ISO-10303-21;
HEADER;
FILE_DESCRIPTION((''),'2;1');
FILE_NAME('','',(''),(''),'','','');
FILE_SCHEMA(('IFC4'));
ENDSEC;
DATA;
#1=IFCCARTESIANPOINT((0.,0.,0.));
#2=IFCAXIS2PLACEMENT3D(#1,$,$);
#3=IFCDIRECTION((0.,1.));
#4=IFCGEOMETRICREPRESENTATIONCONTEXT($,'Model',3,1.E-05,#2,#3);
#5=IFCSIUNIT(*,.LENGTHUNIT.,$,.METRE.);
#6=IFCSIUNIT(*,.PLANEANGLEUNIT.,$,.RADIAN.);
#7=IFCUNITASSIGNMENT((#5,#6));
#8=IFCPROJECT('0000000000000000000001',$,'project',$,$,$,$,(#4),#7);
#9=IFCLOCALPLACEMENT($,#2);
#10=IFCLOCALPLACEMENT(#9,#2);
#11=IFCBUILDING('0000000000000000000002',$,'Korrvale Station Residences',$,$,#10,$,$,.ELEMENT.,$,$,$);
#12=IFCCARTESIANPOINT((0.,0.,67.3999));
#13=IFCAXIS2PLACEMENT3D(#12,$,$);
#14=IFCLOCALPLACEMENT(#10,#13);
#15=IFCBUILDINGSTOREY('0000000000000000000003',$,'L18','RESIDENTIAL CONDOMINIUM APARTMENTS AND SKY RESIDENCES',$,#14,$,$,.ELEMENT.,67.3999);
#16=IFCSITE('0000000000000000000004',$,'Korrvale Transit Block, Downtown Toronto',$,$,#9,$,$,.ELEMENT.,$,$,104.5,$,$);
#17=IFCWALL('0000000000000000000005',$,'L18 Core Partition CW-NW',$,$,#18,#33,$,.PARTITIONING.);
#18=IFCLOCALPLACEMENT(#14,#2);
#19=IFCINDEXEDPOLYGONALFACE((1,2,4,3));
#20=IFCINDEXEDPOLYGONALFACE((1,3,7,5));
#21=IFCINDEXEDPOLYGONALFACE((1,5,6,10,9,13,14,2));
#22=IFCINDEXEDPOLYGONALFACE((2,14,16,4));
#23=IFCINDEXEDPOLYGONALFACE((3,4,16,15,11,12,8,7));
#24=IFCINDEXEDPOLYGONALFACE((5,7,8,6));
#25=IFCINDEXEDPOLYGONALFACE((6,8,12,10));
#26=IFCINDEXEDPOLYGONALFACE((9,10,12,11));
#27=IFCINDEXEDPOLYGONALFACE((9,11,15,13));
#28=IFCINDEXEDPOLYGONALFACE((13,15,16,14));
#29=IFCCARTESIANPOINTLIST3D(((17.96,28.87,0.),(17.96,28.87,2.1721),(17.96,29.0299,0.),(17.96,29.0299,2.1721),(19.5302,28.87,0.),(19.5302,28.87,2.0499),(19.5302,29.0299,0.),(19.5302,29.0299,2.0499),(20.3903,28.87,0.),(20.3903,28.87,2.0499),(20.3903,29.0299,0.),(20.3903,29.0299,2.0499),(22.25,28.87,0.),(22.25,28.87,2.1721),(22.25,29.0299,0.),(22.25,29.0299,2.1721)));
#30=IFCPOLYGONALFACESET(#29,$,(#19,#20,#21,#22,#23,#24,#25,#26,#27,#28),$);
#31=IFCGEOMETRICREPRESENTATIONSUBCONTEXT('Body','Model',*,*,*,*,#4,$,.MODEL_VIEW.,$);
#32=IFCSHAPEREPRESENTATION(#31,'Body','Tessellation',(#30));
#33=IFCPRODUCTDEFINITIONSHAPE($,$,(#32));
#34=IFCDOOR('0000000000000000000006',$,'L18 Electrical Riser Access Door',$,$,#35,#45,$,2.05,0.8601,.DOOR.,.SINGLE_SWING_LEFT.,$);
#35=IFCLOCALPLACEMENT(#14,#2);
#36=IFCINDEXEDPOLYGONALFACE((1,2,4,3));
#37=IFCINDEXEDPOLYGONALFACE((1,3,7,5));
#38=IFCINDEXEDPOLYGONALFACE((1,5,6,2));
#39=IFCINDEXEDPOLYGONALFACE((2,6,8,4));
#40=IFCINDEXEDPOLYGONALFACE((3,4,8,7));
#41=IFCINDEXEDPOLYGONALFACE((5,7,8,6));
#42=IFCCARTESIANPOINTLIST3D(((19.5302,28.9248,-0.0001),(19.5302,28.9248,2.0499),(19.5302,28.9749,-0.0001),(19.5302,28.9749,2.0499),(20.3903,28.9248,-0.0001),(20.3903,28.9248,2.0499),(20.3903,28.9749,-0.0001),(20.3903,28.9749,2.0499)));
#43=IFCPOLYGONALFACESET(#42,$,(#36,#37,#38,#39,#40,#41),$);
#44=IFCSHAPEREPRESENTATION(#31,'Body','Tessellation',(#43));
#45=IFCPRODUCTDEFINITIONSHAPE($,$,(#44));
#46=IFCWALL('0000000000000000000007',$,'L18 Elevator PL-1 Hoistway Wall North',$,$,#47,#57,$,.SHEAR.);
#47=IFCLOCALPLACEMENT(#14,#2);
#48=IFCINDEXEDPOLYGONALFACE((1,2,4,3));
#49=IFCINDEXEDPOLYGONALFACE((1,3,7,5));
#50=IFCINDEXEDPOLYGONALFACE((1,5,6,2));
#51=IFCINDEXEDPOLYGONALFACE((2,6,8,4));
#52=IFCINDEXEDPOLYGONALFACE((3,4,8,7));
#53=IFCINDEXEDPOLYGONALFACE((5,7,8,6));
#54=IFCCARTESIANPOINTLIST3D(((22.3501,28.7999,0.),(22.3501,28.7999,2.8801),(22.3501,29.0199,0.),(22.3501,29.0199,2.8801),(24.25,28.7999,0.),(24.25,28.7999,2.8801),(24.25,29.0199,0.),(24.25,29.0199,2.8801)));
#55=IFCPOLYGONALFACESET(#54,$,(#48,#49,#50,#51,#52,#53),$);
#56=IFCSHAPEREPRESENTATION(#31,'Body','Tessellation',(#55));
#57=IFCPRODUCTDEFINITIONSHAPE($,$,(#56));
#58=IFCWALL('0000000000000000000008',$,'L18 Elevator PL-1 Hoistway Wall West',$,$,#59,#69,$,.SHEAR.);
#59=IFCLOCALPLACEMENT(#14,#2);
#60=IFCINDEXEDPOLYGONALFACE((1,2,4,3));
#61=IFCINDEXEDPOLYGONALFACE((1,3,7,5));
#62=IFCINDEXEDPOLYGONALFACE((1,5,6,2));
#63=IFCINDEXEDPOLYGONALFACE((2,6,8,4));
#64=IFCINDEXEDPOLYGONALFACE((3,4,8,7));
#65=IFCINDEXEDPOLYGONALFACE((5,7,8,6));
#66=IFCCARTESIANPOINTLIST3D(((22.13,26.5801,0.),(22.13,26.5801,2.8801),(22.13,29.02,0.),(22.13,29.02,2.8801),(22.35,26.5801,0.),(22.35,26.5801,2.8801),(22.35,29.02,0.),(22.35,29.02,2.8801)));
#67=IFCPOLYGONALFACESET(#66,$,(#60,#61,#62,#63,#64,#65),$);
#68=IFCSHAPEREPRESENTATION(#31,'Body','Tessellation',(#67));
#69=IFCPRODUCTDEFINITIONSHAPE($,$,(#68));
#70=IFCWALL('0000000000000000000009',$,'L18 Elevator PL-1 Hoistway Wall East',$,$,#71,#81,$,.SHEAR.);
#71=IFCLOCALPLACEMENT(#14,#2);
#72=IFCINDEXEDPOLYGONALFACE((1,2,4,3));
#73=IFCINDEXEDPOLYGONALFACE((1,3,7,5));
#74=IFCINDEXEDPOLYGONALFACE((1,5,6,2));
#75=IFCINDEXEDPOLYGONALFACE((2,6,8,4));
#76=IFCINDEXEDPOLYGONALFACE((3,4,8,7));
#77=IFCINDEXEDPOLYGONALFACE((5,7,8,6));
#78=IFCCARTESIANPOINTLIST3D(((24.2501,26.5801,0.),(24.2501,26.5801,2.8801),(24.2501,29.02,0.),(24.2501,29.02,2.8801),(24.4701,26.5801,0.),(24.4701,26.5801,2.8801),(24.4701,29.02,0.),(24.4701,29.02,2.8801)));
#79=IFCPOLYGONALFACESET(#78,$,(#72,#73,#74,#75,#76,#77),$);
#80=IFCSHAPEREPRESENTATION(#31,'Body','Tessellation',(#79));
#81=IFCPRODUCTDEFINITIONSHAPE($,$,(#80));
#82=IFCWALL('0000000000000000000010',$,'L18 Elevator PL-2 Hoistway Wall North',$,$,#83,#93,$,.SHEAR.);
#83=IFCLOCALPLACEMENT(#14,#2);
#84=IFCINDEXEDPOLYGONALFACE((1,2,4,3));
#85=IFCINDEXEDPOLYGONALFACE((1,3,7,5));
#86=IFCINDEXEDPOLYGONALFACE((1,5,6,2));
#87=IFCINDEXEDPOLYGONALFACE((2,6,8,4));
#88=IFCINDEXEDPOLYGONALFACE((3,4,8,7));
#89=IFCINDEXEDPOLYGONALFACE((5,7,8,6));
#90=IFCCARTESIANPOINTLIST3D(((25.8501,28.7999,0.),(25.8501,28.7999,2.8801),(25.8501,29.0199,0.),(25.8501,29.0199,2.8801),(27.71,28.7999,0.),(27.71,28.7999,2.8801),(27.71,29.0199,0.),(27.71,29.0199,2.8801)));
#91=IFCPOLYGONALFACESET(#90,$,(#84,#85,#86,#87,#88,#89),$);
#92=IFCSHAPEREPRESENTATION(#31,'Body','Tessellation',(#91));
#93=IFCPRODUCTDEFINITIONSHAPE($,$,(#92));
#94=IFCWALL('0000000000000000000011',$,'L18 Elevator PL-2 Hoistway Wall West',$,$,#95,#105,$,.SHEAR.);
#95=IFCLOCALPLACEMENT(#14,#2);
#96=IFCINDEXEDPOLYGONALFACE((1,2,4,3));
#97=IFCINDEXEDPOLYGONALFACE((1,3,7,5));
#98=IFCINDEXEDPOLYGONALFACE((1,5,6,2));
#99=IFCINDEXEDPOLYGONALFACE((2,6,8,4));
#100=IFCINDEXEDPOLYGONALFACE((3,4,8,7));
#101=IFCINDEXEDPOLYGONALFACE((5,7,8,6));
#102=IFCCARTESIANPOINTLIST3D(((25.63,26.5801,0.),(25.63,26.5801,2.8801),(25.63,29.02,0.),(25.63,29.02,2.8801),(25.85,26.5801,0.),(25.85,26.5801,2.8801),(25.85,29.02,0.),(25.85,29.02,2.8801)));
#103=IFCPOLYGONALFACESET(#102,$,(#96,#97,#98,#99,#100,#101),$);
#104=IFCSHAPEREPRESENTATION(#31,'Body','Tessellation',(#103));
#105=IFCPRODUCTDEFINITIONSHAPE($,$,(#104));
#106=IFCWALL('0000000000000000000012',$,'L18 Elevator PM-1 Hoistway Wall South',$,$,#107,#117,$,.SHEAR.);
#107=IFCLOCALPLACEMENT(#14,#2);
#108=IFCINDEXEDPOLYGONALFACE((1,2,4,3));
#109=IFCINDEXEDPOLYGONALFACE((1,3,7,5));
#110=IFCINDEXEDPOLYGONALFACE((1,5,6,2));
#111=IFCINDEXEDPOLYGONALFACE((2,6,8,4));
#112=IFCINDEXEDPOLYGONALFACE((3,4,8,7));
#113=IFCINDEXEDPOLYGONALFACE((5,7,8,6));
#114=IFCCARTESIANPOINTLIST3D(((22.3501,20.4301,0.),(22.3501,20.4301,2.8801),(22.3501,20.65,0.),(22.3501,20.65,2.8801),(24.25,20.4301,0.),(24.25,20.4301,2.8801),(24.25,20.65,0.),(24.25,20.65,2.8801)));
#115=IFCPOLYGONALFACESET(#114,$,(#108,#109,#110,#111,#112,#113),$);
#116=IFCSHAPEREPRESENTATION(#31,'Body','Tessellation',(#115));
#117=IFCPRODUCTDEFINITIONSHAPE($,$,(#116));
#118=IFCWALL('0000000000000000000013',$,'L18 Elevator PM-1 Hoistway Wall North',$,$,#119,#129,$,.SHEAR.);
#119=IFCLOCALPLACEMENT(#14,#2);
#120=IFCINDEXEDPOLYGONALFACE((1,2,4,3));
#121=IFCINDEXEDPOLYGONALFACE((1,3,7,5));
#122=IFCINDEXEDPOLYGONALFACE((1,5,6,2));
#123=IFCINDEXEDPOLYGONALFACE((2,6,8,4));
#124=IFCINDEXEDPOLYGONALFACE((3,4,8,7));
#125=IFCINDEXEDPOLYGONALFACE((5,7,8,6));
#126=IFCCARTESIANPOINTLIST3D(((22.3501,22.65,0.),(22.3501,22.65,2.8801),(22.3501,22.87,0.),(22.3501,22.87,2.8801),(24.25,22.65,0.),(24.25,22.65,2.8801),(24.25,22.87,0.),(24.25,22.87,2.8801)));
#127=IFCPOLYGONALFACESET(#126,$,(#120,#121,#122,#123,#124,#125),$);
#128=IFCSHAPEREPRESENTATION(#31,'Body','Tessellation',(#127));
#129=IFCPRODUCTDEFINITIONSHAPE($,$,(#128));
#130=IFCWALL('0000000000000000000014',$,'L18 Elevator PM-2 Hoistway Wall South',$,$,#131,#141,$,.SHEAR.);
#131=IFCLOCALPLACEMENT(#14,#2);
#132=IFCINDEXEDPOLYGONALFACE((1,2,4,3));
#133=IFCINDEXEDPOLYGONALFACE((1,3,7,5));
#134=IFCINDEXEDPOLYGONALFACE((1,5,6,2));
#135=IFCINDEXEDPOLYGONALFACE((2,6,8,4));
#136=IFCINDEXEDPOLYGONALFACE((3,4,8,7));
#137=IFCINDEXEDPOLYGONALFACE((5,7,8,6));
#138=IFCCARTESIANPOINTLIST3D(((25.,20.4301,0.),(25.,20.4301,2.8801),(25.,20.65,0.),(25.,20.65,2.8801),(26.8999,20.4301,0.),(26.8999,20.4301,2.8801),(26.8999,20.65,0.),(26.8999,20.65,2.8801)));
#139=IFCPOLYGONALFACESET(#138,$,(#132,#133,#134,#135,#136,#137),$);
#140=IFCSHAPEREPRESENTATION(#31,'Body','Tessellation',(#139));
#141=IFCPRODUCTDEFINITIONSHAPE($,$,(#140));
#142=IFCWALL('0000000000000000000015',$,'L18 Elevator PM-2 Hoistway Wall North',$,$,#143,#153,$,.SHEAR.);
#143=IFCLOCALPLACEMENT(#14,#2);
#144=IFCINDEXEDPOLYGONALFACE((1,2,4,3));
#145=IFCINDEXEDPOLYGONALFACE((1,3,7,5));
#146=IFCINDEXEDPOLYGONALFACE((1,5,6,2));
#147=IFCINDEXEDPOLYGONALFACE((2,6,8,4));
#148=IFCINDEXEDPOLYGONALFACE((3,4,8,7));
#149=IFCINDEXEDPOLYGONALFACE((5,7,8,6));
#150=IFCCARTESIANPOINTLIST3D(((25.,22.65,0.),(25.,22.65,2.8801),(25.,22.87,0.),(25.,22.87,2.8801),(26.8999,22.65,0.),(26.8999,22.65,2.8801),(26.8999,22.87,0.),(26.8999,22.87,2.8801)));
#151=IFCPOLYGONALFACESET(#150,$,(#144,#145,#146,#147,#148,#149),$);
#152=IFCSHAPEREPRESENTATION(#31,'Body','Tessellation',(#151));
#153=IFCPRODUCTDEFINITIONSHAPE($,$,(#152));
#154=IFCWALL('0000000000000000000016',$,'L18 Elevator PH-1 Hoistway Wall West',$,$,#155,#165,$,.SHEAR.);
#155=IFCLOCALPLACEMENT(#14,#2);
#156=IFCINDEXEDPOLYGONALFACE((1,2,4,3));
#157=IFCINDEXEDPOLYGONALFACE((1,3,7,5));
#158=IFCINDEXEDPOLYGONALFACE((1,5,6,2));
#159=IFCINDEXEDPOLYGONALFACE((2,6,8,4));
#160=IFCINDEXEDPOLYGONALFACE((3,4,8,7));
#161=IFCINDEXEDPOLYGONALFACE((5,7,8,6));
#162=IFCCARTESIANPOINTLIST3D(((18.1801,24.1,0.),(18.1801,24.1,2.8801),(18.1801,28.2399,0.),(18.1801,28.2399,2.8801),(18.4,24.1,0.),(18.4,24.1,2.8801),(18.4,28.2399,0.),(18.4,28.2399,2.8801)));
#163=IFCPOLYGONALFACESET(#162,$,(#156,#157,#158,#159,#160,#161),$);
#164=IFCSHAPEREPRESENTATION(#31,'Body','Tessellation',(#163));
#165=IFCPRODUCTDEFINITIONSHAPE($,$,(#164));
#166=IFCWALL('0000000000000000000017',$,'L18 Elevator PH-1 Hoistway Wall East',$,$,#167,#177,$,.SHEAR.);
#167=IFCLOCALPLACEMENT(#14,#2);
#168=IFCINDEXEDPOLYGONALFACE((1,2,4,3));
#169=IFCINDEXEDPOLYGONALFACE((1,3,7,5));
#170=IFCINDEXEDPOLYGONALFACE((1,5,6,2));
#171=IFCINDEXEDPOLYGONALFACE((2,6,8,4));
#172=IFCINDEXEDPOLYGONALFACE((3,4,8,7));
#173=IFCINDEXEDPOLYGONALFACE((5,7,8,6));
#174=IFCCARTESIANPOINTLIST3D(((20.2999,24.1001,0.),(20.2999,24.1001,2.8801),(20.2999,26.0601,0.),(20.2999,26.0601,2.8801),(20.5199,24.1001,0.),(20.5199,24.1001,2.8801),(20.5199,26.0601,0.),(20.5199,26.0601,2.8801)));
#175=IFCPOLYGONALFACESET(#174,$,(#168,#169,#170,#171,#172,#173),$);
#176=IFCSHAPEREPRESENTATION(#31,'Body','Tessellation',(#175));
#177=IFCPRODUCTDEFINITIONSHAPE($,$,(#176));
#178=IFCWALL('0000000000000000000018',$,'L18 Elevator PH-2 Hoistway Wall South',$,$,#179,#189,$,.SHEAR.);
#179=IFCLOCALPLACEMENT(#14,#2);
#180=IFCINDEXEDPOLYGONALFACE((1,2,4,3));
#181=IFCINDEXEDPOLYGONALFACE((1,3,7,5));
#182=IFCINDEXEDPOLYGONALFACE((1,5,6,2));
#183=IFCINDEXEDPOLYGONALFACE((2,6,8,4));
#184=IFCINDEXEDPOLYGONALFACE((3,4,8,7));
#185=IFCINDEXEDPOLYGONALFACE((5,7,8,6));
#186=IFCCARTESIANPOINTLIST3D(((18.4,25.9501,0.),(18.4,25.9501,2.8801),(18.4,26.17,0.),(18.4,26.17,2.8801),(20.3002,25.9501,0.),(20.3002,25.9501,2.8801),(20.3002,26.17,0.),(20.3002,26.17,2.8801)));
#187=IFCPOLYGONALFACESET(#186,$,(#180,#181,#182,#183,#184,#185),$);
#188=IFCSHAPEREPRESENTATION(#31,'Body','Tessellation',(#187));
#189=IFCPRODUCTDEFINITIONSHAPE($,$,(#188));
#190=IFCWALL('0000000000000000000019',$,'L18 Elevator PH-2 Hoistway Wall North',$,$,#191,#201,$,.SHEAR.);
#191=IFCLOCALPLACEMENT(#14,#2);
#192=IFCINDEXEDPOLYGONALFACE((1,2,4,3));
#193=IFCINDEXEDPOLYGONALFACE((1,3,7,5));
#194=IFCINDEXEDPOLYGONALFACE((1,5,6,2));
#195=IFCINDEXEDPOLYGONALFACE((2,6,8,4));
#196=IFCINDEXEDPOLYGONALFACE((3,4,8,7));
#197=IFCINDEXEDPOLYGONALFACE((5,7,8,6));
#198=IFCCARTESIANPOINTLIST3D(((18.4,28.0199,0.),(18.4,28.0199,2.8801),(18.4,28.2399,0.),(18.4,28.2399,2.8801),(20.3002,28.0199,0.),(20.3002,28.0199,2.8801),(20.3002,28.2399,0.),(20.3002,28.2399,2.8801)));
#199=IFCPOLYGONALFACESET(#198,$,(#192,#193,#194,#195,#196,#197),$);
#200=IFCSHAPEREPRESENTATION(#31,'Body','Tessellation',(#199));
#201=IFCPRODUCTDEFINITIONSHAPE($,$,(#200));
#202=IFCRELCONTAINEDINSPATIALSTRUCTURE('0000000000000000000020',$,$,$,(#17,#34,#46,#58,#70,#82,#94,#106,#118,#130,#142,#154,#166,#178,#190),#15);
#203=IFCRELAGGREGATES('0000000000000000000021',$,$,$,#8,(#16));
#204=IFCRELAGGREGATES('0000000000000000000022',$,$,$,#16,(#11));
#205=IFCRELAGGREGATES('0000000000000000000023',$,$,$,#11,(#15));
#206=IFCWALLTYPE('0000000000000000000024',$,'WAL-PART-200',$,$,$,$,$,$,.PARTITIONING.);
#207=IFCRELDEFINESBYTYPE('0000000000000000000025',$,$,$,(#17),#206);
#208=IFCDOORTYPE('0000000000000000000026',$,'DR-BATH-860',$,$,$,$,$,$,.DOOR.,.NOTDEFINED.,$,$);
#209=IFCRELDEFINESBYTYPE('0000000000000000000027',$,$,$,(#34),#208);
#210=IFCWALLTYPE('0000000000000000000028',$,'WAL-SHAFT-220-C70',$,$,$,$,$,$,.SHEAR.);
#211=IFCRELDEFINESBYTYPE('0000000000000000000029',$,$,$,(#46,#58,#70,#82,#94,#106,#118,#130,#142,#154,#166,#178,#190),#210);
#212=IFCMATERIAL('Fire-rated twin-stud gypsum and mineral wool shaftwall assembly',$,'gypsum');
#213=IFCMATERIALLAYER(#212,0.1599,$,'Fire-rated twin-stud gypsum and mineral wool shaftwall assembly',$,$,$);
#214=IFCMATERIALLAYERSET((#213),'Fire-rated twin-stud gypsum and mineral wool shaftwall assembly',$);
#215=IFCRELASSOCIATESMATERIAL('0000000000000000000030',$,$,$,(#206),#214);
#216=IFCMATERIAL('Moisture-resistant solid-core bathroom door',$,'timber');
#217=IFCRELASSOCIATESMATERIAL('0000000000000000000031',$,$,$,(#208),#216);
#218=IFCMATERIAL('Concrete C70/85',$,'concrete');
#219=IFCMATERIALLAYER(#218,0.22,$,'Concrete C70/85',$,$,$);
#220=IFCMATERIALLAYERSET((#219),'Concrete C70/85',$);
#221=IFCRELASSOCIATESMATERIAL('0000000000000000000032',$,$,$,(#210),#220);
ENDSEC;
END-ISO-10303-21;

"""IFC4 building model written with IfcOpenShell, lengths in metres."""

from ifc_helpers import new_model, si_unit, direction, frame, frame_2d, origin, place, context, subcontext, project, spatial, rectangle, extrude, material, layer, layer_set, type_object, element, fill, save


model = new_model("IFC4")

# Units and contexts
model_context = context("Model", 3, precision=1e-05, world=origin(), true_north=direction((0.0, 1.0)))
body_context = subcontext(model_context, "Body", "Model", "MODEL_VIEW")
ifc_project = project(units=[si_unit("LENGTHUNIT", "METRE"), si_unit("PLANEANGLEUNIT", "RADIAN")], contexts=[model_context])

# Site, building, storey
site_placement = place(None, origin())
site = spatial("IfcSite", under=ifc_project, at=site_placement, Name="Korrvale Transit Block, Downtown Toronto", CompositionType="ELEMENT", RefElevation=104.5)
building_placement = place(site_placement, origin())
building = spatial("IfcBuilding", under=site, at=building_placement, Name="Korrvale Station Residences", CompositionType="ELEMENT")
storey_placement = place(building_placement, frame((0.0, 0.0, 67.3999)))
storey = spatial("IfcBuildingStorey", under=building, at=storey_placement, Name="L18", Description="RESIDENTIAL CONDOMINIUM APARTMENTS AND SKY RESIDENCES", CompositionType="ELEMENT", Elevation=67.3999)

# Shared definitions
ifc_material_1 = material(Name="Concrete C70/85", Category="concrete")

# Shared definitions
ifc_material_2 = material(Name="Fire-rated twin-stud gypsum and mineral wool shaftwall assembly", Category="gypsum")
ifc_layer_1 = layer(ifc_material_2, 0.1599, Name="Fire-rated twin-stud gypsum and mineral wool shaftwall assembly")
ifc_layer_set_1 = layer_set([ifc_layer_1], Name="Fire-rated twin-stud gypsum and mineral wool shaftwall assembly")
wall_type_1 = type_object("IfcWallType", Name="WAL-PART-200", PredefinedType="PARTITIONING", material=ifc_layer_set_1)

# Wall, opening, door
wall_1_placement = place(storey_placement, frame((17.96, 28.95, 0.0), z_axis=(0.0, 0.0, 1.0), x_axis=(1.0, 0.0, 0.0)))
wall_1 = element("IfcWall", 1, at=wall_1_placement, inside=storey, type_object=wall_type_1, Name="L18 Core Partition CW-NW", PredefinedType="PARTITIONING", context=body_context, shape_type="SweptSolid", body=[
    extrude(rectangle(XDim=4.29, YDim=0.1599, at=frame_2d((2.145, 0.0))), origin(), (0.0, 0.0, 1.0), 2.1721),
])
opening_1_placement = place(wall_1_placement, frame((1.5701, 0.0, 0.0)))
opening_1 = element("IfcOpeningElement", 2, at=opening_1_placement, cuts=wall_1, PredefinedType="OPENING", context=body_context, shape_type="SweptSolid", body=[
    extrude(rectangle(XDim=0.8601, YDim=2.05, at=frame_2d((0.4302, 1.0249))), frame((0.0, 0.0898, 0.0), z_axis=(0.0, -1.0, 0.0), x_axis=(1.0, 0.0, 0.0)), (0.0, 0.0, 1.0), 0.1799),
])
ifc_material_3 = material(Name="Moisture-resistant solid-core bathroom door", Category="timber")
door_type_1 = type_object("IfcDoorType", Name="DR-BATH-860", OperationType="NOTDEFINED", PredefinedType="DOOR", material=ifc_material_3)
door_1_placement = place(opening_1_placement, origin())
door_1 = element("IfcDoor", 3, at=door_1_placement, inside=storey, type_object=door_type_1, Name="L18 Electrical Riser Access Door", OperationType="SINGLE_SWING_LEFT", OverallHeight=2.05, OverallWidth=0.8601, PredefinedType="DOOR", context=body_context, shape_type="SweptSolid", body=[
    extrude(rectangle(XDim=0.8601, YDim=2.05, at=frame_2d((0.4302, 1.0249))), frame((0.0, 0.0249, 0.0), z_axis=(0.0, -1.0, 0.0), x_axis=(1.0, 0.0, 0.0)), (0.0, 0.0, 1.0), 0.05),
])
fill(opening_1, door_1)
ifc_layer_2 = layer(ifc_material_1, 0.22, Name="Concrete C70/85")
ifc_layer_set_2 = layer_set([ifc_layer_2], Name="Concrete C70/85")
wall_type_2 = type_object("IfcWallType", Name="WAL-SHAFT-220-C70", PredefinedType="SHEAR", material=ifc_layer_set_2)

# Walls
wall_2_placement = place(storey_placement, frame((22.3501, 28.9099, 0.0), z_axis=(0.0, 0.0, 1.0), x_axis=(1.0, 0.0, 0.0)))
element("IfcWall", 4, at=wall_2_placement, inside=storey, type_object=wall_type_2, Name="L18 Elevator PL-1 Hoistway Wall North", PredefinedType="SHEAR", context=body_context, shape_type="SweptSolid", body=[
    extrude(rectangle(XDim=1.8999, YDim=0.22, at=frame_2d((0.95, 0.0))), origin(), (0.0, 0.0, 1.0), 2.8801),
])
for number, where, z_axis, x_axis, name in (
    (5, (22.24, 26.5801, 0.0), (0.0, 0.0, 1.0), (0.0, 1.0, 0.0), "L18 Elevator PL-1 Hoistway Wall West"),
    (6, (24.3601, 26.5801, 0.0), (0.0, 0.0, 1.0), (0.0, 1.0, 0.0), "L18 Elevator PL-1 Hoistway Wall East"),
):
    element("IfcWall", number, at=place(storey_placement, frame(where, z_axis=z_axis, x_axis=x_axis)), inside=storey, type_object=wall_type_2, Name=name, PredefinedType="SHEAR", context=body_context, shape_type="SweptSolid", body=[
        extrude(rectangle(XDim=2.4399, YDim=0.22, at=frame_2d((1.22, 0.0))), origin(), (0.0, 0.0, 1.0), 2.8801),
    ])

# Walls
wall_3_placement = place(storey_placement, frame((25.8501, 28.9099, 0.0), z_axis=(0.0, 0.0, 1.0), x_axis=(1.0, 0.0, 0.0)))
element("IfcWall", 7, at=wall_3_placement, inside=storey, type_object=wall_type_2, Name="L18 Elevator PL-2 Hoistway Wall North", PredefinedType="SHEAR", context=body_context, shape_type="SweptSolid", body=[
    extrude(rectangle(XDim=1.8599, YDim=0.22, at=frame_2d((0.9299, 0.0))), origin(), (0.0, 0.0, 1.0), 2.8801),
])
wall_4_placement = place(storey_placement, frame((25.74, 26.5801, 0.0), z_axis=(0.0, 0.0, 1.0), x_axis=(0.0, 1.0, 0.0)))
element("IfcWall", 8, at=wall_4_placement, inside=storey, type_object=wall_type_2, Name="L18 Elevator PL-2 Hoistway Wall West", PredefinedType="SHEAR", context=body_context, shape_type="SweptSolid", body=[
    extrude(rectangle(XDim=2.4399, YDim=0.22, at=frame_2d((1.22, 0.0))), origin(), (0.0, 0.0, 1.0), 2.8801),
])
for number, where, z_axis, x_axis, name in (
    (9, (22.3501, 20.54, 0.0), (0.0, 0.0, 1.0), (1.0, 0.0, 0.0), "L18 Elevator PM-1 Hoistway Wall South"),
    (10, (22.3501, 22.76, 0.0), (0.0, 0.0, 1.0), (1.0, 0.0, 0.0), "L18 Elevator PM-1 Hoistway Wall North"),
    (11, (25.0, 20.54, 0.0), (0.0, 0.0, 1.0), (1.0, 0.0, 0.0), "L18 Elevator PM-2 Hoistway Wall South"),
    (12, (25.0, 22.76, 0.0), (0.0, 0.0, 1.0), (1.0, 0.0, 0.0), "L18 Elevator PM-2 Hoistway Wall North"),
):
    element("IfcWall", number, at=place(storey_placement, frame(where, z_axis=z_axis, x_axis=x_axis)), inside=storey, type_object=wall_type_2, Name=name, PredefinedType="SHEAR", context=body_context, shape_type="SweptSolid", body=[
        extrude(rectangle(XDim=1.8999, YDim=0.22, at=frame_2d((0.95, 0.0))), origin(), (0.0, 0.0, 1.0), 2.8801),
    ])
wall_5_placement = place(storey_placement, frame((18.29, 24.1001, 0.0), z_axis=(0.0, 0.0, 1.0), x_axis=(0.0, 1.0, 0.0)))
element("IfcWall", 13, at=wall_5_placement, inside=storey, type_object=wall_type_2, Name="L18 Elevator PH-1 Hoistway Wall West", PredefinedType="SHEAR", context=body_context, shape_type="SweptSolid", body=[
    extrude(rectangle(XDim=4.1399, YDim=0.22, at=frame_2d((2.0698, 0.0))), origin(), (0.0, 0.0, 1.0), 2.8801),
])
wall_6_placement = place(storey_placement, frame((20.4099, 24.1001, 0.0), z_axis=(0.0, 0.0, 1.0), x_axis=(0.0, 1.0, 0.0)))
element("IfcWall", 14, at=wall_6_placement, inside=storey, type_object=wall_type_2, Name="L18 Elevator PH-1 Hoistway Wall East", PredefinedType="SHEAR", context=body_context, shape_type="SweptSolid", body=[
    extrude(rectangle(XDim=1.96, YDim=0.22, at=frame_2d((0.98, 0.0))), origin(), (0.0, 0.0, 1.0), 2.8801),
])
for number, where, z_axis, x_axis, name in (
    (15, (18.3999, 26.0601, 0.0), (0.0, 0.0, 1.0), (1.0, 0.0, 0.0), "L18 Elevator PH-2 Hoistway Wall South"),
    (16, (18.3999, 28.1299, 0.0), (0.0, 0.0, 1.0), (1.0, 0.0, 0.0), "L18 Elevator PH-2 Hoistway Wall North"),
):
    element("IfcWall", number, at=place(storey_placement, frame(where, z_axis=z_axis, x_axis=x_axis)), inside=storey, type_object=wall_type_2, Name=name, PredefinedType="SHEAR", context=body_context, shape_type="SweptSolid", body=[
        extrude(rectangle(XDim=1.9001, YDim=0.22, at=frame_2d((0.9502, 0.0))), origin(), (0.0, 0.0, 1.0), 2.8801),
    ])

save(model, "model.ifc")
